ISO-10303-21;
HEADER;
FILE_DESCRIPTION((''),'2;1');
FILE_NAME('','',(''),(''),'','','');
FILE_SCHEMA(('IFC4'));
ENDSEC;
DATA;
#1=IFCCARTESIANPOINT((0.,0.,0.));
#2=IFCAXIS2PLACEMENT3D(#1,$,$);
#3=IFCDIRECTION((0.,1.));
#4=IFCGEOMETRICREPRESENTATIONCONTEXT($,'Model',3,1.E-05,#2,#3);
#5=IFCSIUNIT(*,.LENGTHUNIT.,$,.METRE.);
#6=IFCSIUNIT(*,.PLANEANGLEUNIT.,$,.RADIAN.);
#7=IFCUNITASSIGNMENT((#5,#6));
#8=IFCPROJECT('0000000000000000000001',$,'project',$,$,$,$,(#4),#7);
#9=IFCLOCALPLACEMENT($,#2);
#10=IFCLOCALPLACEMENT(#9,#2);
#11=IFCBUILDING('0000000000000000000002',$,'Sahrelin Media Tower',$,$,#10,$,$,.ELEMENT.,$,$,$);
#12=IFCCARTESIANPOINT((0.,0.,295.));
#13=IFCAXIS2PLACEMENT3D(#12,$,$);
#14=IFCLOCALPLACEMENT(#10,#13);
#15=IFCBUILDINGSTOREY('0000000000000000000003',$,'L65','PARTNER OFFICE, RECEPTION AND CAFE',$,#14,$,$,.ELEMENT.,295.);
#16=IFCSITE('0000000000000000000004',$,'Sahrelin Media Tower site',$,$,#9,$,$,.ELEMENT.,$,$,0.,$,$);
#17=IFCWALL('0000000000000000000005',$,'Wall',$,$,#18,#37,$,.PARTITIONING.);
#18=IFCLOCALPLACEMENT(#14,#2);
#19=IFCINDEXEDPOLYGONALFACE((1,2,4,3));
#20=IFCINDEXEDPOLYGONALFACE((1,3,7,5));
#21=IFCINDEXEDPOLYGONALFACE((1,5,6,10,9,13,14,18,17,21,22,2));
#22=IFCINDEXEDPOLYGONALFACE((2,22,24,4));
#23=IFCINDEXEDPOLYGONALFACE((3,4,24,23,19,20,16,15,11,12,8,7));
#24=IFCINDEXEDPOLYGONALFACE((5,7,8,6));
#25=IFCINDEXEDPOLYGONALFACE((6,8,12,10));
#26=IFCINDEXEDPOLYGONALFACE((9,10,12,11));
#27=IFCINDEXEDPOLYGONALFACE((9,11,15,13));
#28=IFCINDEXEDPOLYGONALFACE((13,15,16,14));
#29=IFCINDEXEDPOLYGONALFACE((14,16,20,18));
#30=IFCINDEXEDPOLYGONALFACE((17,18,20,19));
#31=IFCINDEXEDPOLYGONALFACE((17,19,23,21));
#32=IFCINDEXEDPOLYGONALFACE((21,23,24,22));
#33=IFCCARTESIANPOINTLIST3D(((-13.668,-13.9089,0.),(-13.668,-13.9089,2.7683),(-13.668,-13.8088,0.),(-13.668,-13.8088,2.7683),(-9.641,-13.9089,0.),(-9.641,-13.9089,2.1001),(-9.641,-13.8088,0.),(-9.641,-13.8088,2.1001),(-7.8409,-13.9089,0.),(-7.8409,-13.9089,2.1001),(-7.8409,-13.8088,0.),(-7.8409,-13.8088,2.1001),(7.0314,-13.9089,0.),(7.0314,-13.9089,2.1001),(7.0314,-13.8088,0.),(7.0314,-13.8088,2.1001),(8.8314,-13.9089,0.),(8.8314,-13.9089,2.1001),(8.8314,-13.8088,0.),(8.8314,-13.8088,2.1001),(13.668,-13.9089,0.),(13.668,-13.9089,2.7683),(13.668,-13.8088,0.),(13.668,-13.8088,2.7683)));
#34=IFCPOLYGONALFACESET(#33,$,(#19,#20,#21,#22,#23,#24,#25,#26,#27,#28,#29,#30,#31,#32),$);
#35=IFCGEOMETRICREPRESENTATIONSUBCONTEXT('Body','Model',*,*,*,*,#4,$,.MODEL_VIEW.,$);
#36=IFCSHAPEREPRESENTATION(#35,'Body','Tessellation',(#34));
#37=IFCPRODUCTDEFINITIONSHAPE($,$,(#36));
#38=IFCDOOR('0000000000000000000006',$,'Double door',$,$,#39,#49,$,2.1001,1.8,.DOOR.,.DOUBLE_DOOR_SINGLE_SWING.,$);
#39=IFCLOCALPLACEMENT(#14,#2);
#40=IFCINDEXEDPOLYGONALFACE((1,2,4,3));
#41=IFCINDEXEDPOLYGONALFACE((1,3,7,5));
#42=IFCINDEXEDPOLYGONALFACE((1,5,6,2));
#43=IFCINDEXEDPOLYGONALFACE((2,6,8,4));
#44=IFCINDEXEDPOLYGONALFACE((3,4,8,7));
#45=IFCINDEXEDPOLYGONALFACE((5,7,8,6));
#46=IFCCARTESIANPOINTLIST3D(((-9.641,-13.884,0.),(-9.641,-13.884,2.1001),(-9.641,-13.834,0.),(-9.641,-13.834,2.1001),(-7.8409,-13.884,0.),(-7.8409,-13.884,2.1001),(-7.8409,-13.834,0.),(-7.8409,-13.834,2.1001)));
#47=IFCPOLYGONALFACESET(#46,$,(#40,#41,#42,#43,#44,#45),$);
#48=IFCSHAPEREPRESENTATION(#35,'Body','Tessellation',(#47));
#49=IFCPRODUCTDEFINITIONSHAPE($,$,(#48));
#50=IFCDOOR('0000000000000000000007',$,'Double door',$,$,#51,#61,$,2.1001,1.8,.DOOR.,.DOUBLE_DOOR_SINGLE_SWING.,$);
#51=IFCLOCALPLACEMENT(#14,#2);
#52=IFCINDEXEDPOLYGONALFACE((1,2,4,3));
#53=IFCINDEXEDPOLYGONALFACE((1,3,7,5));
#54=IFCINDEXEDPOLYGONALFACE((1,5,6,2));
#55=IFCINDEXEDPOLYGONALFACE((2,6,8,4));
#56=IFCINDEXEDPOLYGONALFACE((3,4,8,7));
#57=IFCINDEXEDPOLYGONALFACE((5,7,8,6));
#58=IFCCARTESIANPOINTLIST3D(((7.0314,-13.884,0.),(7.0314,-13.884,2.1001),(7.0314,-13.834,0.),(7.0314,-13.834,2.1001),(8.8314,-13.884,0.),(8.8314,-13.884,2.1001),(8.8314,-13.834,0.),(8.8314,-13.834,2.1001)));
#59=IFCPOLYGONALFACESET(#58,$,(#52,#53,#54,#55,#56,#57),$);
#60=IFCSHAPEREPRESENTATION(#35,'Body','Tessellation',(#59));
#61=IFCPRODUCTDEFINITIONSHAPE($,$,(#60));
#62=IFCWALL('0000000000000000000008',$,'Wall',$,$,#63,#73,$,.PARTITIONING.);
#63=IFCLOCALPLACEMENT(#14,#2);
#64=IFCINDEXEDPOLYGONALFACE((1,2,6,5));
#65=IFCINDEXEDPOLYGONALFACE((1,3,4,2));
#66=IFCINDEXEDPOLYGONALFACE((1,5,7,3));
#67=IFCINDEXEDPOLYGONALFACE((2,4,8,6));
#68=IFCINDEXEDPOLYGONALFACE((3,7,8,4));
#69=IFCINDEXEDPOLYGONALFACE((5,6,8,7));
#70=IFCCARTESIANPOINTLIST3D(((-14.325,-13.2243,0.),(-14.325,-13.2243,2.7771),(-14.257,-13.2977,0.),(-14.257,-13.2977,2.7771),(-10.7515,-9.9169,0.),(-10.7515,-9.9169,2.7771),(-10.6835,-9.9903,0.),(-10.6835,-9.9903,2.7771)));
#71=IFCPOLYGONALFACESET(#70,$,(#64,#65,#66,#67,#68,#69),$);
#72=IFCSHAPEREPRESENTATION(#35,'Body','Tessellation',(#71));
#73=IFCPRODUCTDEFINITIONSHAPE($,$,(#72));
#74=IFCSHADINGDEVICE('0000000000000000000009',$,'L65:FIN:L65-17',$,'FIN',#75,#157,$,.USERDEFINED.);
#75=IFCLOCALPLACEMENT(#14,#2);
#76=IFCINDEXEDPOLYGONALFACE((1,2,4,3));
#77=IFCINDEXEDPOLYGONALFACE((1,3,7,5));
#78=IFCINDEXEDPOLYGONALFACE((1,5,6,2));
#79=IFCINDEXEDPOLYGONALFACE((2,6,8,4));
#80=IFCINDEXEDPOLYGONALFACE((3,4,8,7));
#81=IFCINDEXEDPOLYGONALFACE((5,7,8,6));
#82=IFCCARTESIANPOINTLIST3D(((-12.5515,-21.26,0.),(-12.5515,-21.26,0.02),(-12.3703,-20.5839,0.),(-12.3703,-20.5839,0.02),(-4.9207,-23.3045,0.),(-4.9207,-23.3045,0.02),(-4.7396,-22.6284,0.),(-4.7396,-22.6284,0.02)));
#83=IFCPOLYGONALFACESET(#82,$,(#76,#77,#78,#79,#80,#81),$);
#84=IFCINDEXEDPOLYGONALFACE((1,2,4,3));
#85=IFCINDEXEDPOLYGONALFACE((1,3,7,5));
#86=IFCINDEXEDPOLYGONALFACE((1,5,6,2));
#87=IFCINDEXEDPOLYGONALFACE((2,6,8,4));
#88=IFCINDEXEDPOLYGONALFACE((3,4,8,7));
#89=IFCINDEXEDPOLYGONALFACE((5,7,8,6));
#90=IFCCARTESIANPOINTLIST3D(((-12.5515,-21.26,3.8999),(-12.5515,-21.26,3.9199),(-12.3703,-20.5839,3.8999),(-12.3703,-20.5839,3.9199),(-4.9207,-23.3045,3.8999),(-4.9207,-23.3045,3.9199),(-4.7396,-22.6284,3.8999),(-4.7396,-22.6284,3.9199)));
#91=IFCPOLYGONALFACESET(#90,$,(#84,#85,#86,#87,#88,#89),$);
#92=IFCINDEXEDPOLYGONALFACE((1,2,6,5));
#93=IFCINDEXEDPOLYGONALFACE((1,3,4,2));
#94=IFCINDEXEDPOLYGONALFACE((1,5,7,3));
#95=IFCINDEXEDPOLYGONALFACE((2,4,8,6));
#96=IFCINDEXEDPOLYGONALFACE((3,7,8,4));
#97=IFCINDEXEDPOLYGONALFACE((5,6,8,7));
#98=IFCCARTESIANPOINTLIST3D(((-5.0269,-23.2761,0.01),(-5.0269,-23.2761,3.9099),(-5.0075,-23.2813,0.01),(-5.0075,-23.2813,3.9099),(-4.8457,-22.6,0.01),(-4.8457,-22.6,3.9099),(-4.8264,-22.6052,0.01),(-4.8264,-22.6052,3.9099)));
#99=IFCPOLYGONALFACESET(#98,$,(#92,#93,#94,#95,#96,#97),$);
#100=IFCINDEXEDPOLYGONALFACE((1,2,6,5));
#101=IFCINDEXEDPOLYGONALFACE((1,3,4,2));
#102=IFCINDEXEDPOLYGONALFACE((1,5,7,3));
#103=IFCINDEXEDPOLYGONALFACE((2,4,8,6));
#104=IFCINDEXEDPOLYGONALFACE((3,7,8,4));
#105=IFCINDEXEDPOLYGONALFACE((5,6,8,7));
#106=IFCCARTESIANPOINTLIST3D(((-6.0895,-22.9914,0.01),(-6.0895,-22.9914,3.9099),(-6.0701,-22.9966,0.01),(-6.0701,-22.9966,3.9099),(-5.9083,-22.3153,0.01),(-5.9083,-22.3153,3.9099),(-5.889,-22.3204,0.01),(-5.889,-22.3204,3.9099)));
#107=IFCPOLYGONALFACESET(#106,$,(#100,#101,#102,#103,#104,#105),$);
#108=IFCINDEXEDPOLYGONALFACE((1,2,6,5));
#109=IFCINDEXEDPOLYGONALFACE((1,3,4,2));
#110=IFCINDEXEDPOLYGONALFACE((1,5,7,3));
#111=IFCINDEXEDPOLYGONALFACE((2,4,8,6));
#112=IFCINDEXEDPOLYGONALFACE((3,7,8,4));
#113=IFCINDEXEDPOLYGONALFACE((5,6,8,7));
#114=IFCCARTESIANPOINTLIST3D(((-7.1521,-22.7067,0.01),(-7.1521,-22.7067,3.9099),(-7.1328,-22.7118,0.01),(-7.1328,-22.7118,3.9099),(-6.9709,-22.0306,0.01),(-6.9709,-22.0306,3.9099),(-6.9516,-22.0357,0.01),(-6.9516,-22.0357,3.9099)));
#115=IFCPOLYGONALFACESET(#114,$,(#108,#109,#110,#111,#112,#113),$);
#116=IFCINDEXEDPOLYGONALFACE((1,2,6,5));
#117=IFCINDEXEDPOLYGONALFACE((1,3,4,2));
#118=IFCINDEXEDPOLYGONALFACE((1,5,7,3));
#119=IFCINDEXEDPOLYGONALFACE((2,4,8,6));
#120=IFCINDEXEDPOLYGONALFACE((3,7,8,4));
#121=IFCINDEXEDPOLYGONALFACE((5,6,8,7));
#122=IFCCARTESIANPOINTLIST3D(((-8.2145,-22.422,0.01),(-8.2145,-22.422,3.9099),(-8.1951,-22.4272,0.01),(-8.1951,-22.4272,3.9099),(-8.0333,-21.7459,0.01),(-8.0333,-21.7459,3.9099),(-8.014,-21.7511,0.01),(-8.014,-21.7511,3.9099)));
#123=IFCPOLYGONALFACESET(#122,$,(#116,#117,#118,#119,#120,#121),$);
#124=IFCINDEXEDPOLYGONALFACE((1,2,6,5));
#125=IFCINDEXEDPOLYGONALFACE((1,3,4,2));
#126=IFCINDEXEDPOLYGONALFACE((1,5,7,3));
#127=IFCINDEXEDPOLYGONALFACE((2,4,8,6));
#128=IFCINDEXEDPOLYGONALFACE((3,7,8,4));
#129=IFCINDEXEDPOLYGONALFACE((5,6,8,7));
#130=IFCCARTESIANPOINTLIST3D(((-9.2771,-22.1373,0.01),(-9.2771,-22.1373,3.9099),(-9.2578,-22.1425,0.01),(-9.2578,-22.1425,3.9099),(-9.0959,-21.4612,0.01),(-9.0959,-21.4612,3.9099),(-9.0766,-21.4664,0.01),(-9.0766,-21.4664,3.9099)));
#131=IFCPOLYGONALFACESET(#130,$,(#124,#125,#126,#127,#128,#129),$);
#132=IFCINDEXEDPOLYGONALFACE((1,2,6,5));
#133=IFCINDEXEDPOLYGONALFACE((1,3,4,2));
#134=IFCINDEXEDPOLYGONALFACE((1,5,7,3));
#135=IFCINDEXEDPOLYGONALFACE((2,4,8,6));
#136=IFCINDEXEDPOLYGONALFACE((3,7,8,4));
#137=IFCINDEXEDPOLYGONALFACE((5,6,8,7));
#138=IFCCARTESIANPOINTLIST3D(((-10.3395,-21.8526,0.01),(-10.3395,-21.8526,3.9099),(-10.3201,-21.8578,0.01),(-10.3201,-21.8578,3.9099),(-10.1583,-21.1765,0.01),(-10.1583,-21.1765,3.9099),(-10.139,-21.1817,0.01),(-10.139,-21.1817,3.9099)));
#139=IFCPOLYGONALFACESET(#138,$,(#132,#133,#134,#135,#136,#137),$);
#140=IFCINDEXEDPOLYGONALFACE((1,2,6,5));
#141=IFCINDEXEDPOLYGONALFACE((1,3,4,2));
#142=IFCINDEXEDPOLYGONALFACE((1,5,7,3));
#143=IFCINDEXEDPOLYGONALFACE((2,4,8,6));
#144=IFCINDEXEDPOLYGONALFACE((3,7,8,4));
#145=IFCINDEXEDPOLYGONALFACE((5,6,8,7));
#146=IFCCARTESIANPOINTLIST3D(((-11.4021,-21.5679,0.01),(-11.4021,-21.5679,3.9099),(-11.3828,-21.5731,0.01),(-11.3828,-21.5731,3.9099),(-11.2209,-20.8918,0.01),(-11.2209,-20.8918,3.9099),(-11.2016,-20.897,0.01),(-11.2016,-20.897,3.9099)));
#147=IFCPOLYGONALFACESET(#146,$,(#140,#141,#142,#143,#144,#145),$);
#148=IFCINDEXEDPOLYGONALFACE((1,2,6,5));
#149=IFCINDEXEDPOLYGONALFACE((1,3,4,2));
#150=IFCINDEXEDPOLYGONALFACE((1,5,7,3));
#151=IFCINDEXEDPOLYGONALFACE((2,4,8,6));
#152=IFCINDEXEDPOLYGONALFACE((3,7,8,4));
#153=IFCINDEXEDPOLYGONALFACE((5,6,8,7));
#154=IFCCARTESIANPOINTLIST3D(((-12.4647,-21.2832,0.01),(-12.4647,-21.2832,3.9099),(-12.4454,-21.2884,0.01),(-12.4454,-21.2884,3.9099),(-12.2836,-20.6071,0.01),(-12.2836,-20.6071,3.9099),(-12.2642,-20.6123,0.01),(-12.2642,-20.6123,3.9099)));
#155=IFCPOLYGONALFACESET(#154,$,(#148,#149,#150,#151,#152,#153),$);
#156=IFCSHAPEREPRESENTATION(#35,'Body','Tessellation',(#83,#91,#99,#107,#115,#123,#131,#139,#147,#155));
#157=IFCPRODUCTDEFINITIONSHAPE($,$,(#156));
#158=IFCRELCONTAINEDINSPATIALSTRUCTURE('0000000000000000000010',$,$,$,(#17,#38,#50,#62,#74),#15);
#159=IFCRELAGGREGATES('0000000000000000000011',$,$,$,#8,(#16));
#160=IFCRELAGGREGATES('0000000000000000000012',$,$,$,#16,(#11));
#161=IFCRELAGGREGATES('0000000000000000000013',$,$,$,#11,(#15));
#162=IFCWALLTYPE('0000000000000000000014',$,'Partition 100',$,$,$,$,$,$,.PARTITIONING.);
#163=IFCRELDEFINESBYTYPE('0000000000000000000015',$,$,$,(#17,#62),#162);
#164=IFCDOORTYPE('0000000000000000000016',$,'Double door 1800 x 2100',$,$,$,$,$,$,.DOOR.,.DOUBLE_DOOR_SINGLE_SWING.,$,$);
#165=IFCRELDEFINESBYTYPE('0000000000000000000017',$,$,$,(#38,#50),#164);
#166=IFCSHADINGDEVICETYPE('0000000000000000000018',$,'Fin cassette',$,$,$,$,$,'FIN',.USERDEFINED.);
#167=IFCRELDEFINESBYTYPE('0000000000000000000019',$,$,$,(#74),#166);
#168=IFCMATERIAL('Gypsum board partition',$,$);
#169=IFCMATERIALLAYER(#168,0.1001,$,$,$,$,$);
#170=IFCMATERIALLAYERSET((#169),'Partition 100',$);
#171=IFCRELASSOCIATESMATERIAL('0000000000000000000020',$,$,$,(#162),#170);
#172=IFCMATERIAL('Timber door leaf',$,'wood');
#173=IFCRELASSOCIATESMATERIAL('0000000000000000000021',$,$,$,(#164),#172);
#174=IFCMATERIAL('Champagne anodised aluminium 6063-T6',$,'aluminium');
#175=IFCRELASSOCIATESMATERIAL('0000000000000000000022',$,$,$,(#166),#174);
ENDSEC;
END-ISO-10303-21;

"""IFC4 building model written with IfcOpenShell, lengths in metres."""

from ifc_helpers import new_model, si_unit, direction, frame, frame_2d, origin, origin_2d, place, context, subcontext, project, spatial, rectangle, extrude, material, layer, layer_set, type_object, element, fill, save


model = new_model("IFC4")

# Units and contexts
model_context = context("Model", 3, precision=1e-05, world=origin(), true_north=direction((0.0, 1.0)))
body_context = subcontext(model_context, "Body", "Model", "MODEL_VIEW")
ifc_project = project(units=[si_unit("LENGTHUNIT", "METRE"), si_unit("PLANEANGLEUNIT", "RADIAN")], contexts=[model_context])

# Site, building, storey
site_placement = place(None, origin())
site = spatial("IfcSite", under=ifc_project, at=site_placement, Name="Sahrelin Media Tower site", CompositionType="ELEMENT", RefElevation=0.0)
building_placement = place(site_placement, origin())
building = spatial("IfcBuilding", under=site, at=building_placement, Name="Sahrelin Media Tower", CompositionType="ELEMENT")
storey_placement = place(building_placement, frame((0.0, 0.0, 295.0)))
storey = spatial("IfcBuildingStorey", under=building, at=storey_placement, Name="L65", Description="PARTNER OFFICE, RECEPTION AND CAFE", CompositionType="ELEMENT", Elevation=295.0)

# Shared definitions
ifc_material_1 = material(Name="Champagne anodised aluminium 6063-T6", Category="aluminium")

# Wall, openings, doors
ifc_material_2 = material(Name="Gypsum board partition")
ifc_layer_1 = layer(ifc_material_2, 0.1001)
ifc_layer_set_1 = layer_set([ifc_layer_1], Name="Partition 100")
wall_type_1 = type_object("IfcWallType", Name="Partition 100", PredefinedType="PARTITIONING", material=ifc_layer_set_1)
wall_1_placement = place(storey_placement, frame((-13.668, -13.8589, 0.0), z_axis=(0.0, 0.0, 1.0), x_axis=(1.0, 0.0, 0.0)))
wall_1 = element("IfcWall", 1, at=wall_1_placement, inside=storey, type_object=wall_type_1, Name="Wall", PredefinedType="PARTITIONING", context=body_context, shape_type="SweptSolid", body=[
    extrude(rectangle(XDim=27.3359, YDim=0.1001, at=frame_2d((13.668, 0.0))), origin(), (0.0, 0.0, 1.0), 2.7683),
])
opening_1_placement = place(wall_1_placement, frame((4.0271, 0.0, 0.0)))
opening_1 = element("IfcOpeningElement", 2, at=opening_1_placement, cuts=wall_1, PredefinedType="OPENING", context=body_context, shape_type="SweptSolid", body=[
    extrude(rectangle(XDim=1.8, YDim=2.1001, at=frame_2d((0.8999, 1.05))), frame((0.0, 0.05, 0.0), z_axis=(0.0, -1.0, 0.0), x_axis=(1.0, 0.0, 0.0)), (0.0, 0.0, 1.0), 0.1001),
])
opening_2_placement = place(wall_1_placement, frame((20.6995, 0.0, 0.0)))
opening_2 = element("IfcOpeningElement", 3, at=opening_2_placement, cuts=wall_1, PredefinedType="OPENING", context=body_context, shape_type="SweptSolid", body=[
    extrude(rectangle(XDim=1.8, YDim=2.1001, at=frame_2d((0.8999, 1.05))), frame((0.0, 0.05, 0.0), z_axis=(0.0, -1.0, 0.0), x_axis=(1.0, 0.0, 0.0)), (0.0, 0.0, 1.0), 0.1001),
])
ifc_material_3 = material(Name="Timber door leaf", Category="wood")
door_type_1 = type_object("IfcDoorType", Name="Double door 1800 x 2100", OperationType="DOUBLE_DOOR_SINGLE_SWING", PredefinedType="DOOR", material=ifc_material_3)
door_1_placement = place(opening_1_placement, origin())
door_1 = element("IfcDoor", 4, at=door_1_placement, inside=storey, type_object=door_type_1, Name="Double door", OperationType="DOUBLE_DOOR_SINGLE_SWING", OverallHeight=2.1001, OverallWidth=1.8, PredefinedType="DOOR", context=body_context, shape_type="SweptSolid", body=[
    extrude(rectangle(XDim=1.8, YDim=2.1001, at=frame_2d((0.8999, 1.05))), frame((0.0, 0.0249, 0.0), z_axis=(0.0, -1.0, 0.0), x_axis=(1.0, 0.0, 0.0)), (0.0, 0.0, 1.0), 0.05),
])
fill(opening_1, door_1)
door_2_placement = place(opening_2_placement, origin())
door_2 = element("IfcDoor", 5, at=door_2_placement, inside=storey, type_object=door_type_1, Name="Double door", OperationType="DOUBLE_DOOR_SINGLE_SWING", OverallHeight=2.1001, OverallWidth=1.8, PredefinedType="DOOR", context=body_context, shape_type="SweptSolid", body=[
    extrude(rectangle(XDim=1.8, YDim=2.1001, at=frame_2d((0.8999, 1.05))), frame((0.0, 0.0249, 0.0), z_axis=(0.0, -1.0, 0.0), x_axis=(1.0, 0.0, 0.0)), (0.0, 0.0, 1.0), 0.05),
])
fill(opening_2, door_2)

# Wall
wall_2_placement = place(storey_placement, frame((-14.291, -13.261, 0.0), z_axis=(0.0, 0.0, 1.0), x_axis=(0.733905, 0.679252, 0.0)))
element("IfcWall", 6, at=wall_2_placement, inside=storey, type_object=wall_type_1, Name="Wall", PredefinedType="PARTITIONING", context=body_context, shape_type="SweptSolid", body=[
    extrude(rectangle(XDim=4.8691, YDim=0.1001, at=frame_2d((2.4346, 0.0))), origin(), (0.0, 0.0, 1.0), 2.7771),
])

# Shading device
shading_device_type_1 = type_object("IfcShadingDeviceType", Name="Fin cassette", ElementType="FIN", PredefinedType="USERDEFINED", material=ifc_material_1)
placement = place(storey_placement, frame((-8.5369, -21.5386, 0.0), z_axis=(0.0, 0.0, 1.0), x_axis=(-0.965929, 0.258808, 0.0)))
element("IfcShadingDevice", 7, at=placement, inside=storey, type_object=shading_device_type_1, Name="L65:FIN:L65-17", ObjectType="FIN", PredefinedType="USERDEFINED", context=body_context, shape_type="SweptSolid", body=[
    extrude(rectangle(XDim=7.8999, YDim=0.7, at=origin_2d()), frame((0.0, 0.4199, 0.0)), (0.0, 0.0, 1.0), 0.02),
    extrude(rectangle(XDim=7.8999, YDim=0.7, at=origin_2d()), frame((0.0, 0.4199, 3.8999)), (0.0, 0.0, 1.0), 0.02),
    extrude(rectangle(XDim=0.02, YDim=0.7, at=origin_2d()), frame((-3.8501, 0.4199, 0.01), z_axis=(0.0, 0.0, 1.0), x_axis=(1.0, 0.0, 0.0)), (0.0, 0.0, 1.0), 3.8999),
    extrude(rectangle(XDim=0.02, YDim=0.7, at=origin_2d()), frame((-2.75, 0.4199, 0.01), z_axis=(0.0, 0.0, 1.0), x_axis=(1.0, 0.0, 0.0)), (0.0, 0.0, 1.0), 3.8999),
    extrude(rectangle(XDim=0.02, YDim=0.7, at=origin_2d()), frame((-1.6499, 0.4199, 0.01), z_axis=(0.0, 0.0, 1.0), x_axis=(1.0, 0.0, 0.0)), (0.0, 0.0, 1.0), 3.8999),
    extrude(rectangle(XDim=0.02, YDim=0.7, at=origin_2d()), frame((-0.55, 0.4199, 0.01), z_axis=(0.0, 0.0, 1.0), x_axis=(1.0, 0.0, 0.0)), (0.0, 0.0, 1.0), 3.8999),
    extrude(rectangle(XDim=0.02, YDim=0.7, at=origin_2d()), frame((0.55, 0.4199, 0.01), z_axis=(0.0, 0.0, 1.0), x_axis=(1.0, 0.0, 0.0)), (0.0, 0.0, 1.0), 3.8999),
    extrude(rectangle(XDim=0.02, YDim=0.7, at=origin_2d()), frame((1.6499, 0.4199, 0.01), z_axis=(0.0, 0.0, 1.0), x_axis=(1.0, 0.0, 0.0)), (0.0, 0.0, 1.0), 3.8999),
    extrude(rectangle(XDim=0.02, YDim=0.7, at=origin_2d()), frame((2.75, 0.4199, 0.01), z_axis=(0.0, 0.0, 1.0), x_axis=(1.0, 0.0, 0.0)), (0.0, 0.0, 1.0), 3.8999),
    extrude(rectangle(XDim=0.02, YDim=0.7, at=origin_2d()), frame((3.8501, 0.4199, 0.01), z_axis=(0.0, 0.0, 1.0), x_axis=(1.0, 0.0, 0.0)), (0.0, 0.0, 1.0), 3.8999),
])

save(model, "model.ifc")
